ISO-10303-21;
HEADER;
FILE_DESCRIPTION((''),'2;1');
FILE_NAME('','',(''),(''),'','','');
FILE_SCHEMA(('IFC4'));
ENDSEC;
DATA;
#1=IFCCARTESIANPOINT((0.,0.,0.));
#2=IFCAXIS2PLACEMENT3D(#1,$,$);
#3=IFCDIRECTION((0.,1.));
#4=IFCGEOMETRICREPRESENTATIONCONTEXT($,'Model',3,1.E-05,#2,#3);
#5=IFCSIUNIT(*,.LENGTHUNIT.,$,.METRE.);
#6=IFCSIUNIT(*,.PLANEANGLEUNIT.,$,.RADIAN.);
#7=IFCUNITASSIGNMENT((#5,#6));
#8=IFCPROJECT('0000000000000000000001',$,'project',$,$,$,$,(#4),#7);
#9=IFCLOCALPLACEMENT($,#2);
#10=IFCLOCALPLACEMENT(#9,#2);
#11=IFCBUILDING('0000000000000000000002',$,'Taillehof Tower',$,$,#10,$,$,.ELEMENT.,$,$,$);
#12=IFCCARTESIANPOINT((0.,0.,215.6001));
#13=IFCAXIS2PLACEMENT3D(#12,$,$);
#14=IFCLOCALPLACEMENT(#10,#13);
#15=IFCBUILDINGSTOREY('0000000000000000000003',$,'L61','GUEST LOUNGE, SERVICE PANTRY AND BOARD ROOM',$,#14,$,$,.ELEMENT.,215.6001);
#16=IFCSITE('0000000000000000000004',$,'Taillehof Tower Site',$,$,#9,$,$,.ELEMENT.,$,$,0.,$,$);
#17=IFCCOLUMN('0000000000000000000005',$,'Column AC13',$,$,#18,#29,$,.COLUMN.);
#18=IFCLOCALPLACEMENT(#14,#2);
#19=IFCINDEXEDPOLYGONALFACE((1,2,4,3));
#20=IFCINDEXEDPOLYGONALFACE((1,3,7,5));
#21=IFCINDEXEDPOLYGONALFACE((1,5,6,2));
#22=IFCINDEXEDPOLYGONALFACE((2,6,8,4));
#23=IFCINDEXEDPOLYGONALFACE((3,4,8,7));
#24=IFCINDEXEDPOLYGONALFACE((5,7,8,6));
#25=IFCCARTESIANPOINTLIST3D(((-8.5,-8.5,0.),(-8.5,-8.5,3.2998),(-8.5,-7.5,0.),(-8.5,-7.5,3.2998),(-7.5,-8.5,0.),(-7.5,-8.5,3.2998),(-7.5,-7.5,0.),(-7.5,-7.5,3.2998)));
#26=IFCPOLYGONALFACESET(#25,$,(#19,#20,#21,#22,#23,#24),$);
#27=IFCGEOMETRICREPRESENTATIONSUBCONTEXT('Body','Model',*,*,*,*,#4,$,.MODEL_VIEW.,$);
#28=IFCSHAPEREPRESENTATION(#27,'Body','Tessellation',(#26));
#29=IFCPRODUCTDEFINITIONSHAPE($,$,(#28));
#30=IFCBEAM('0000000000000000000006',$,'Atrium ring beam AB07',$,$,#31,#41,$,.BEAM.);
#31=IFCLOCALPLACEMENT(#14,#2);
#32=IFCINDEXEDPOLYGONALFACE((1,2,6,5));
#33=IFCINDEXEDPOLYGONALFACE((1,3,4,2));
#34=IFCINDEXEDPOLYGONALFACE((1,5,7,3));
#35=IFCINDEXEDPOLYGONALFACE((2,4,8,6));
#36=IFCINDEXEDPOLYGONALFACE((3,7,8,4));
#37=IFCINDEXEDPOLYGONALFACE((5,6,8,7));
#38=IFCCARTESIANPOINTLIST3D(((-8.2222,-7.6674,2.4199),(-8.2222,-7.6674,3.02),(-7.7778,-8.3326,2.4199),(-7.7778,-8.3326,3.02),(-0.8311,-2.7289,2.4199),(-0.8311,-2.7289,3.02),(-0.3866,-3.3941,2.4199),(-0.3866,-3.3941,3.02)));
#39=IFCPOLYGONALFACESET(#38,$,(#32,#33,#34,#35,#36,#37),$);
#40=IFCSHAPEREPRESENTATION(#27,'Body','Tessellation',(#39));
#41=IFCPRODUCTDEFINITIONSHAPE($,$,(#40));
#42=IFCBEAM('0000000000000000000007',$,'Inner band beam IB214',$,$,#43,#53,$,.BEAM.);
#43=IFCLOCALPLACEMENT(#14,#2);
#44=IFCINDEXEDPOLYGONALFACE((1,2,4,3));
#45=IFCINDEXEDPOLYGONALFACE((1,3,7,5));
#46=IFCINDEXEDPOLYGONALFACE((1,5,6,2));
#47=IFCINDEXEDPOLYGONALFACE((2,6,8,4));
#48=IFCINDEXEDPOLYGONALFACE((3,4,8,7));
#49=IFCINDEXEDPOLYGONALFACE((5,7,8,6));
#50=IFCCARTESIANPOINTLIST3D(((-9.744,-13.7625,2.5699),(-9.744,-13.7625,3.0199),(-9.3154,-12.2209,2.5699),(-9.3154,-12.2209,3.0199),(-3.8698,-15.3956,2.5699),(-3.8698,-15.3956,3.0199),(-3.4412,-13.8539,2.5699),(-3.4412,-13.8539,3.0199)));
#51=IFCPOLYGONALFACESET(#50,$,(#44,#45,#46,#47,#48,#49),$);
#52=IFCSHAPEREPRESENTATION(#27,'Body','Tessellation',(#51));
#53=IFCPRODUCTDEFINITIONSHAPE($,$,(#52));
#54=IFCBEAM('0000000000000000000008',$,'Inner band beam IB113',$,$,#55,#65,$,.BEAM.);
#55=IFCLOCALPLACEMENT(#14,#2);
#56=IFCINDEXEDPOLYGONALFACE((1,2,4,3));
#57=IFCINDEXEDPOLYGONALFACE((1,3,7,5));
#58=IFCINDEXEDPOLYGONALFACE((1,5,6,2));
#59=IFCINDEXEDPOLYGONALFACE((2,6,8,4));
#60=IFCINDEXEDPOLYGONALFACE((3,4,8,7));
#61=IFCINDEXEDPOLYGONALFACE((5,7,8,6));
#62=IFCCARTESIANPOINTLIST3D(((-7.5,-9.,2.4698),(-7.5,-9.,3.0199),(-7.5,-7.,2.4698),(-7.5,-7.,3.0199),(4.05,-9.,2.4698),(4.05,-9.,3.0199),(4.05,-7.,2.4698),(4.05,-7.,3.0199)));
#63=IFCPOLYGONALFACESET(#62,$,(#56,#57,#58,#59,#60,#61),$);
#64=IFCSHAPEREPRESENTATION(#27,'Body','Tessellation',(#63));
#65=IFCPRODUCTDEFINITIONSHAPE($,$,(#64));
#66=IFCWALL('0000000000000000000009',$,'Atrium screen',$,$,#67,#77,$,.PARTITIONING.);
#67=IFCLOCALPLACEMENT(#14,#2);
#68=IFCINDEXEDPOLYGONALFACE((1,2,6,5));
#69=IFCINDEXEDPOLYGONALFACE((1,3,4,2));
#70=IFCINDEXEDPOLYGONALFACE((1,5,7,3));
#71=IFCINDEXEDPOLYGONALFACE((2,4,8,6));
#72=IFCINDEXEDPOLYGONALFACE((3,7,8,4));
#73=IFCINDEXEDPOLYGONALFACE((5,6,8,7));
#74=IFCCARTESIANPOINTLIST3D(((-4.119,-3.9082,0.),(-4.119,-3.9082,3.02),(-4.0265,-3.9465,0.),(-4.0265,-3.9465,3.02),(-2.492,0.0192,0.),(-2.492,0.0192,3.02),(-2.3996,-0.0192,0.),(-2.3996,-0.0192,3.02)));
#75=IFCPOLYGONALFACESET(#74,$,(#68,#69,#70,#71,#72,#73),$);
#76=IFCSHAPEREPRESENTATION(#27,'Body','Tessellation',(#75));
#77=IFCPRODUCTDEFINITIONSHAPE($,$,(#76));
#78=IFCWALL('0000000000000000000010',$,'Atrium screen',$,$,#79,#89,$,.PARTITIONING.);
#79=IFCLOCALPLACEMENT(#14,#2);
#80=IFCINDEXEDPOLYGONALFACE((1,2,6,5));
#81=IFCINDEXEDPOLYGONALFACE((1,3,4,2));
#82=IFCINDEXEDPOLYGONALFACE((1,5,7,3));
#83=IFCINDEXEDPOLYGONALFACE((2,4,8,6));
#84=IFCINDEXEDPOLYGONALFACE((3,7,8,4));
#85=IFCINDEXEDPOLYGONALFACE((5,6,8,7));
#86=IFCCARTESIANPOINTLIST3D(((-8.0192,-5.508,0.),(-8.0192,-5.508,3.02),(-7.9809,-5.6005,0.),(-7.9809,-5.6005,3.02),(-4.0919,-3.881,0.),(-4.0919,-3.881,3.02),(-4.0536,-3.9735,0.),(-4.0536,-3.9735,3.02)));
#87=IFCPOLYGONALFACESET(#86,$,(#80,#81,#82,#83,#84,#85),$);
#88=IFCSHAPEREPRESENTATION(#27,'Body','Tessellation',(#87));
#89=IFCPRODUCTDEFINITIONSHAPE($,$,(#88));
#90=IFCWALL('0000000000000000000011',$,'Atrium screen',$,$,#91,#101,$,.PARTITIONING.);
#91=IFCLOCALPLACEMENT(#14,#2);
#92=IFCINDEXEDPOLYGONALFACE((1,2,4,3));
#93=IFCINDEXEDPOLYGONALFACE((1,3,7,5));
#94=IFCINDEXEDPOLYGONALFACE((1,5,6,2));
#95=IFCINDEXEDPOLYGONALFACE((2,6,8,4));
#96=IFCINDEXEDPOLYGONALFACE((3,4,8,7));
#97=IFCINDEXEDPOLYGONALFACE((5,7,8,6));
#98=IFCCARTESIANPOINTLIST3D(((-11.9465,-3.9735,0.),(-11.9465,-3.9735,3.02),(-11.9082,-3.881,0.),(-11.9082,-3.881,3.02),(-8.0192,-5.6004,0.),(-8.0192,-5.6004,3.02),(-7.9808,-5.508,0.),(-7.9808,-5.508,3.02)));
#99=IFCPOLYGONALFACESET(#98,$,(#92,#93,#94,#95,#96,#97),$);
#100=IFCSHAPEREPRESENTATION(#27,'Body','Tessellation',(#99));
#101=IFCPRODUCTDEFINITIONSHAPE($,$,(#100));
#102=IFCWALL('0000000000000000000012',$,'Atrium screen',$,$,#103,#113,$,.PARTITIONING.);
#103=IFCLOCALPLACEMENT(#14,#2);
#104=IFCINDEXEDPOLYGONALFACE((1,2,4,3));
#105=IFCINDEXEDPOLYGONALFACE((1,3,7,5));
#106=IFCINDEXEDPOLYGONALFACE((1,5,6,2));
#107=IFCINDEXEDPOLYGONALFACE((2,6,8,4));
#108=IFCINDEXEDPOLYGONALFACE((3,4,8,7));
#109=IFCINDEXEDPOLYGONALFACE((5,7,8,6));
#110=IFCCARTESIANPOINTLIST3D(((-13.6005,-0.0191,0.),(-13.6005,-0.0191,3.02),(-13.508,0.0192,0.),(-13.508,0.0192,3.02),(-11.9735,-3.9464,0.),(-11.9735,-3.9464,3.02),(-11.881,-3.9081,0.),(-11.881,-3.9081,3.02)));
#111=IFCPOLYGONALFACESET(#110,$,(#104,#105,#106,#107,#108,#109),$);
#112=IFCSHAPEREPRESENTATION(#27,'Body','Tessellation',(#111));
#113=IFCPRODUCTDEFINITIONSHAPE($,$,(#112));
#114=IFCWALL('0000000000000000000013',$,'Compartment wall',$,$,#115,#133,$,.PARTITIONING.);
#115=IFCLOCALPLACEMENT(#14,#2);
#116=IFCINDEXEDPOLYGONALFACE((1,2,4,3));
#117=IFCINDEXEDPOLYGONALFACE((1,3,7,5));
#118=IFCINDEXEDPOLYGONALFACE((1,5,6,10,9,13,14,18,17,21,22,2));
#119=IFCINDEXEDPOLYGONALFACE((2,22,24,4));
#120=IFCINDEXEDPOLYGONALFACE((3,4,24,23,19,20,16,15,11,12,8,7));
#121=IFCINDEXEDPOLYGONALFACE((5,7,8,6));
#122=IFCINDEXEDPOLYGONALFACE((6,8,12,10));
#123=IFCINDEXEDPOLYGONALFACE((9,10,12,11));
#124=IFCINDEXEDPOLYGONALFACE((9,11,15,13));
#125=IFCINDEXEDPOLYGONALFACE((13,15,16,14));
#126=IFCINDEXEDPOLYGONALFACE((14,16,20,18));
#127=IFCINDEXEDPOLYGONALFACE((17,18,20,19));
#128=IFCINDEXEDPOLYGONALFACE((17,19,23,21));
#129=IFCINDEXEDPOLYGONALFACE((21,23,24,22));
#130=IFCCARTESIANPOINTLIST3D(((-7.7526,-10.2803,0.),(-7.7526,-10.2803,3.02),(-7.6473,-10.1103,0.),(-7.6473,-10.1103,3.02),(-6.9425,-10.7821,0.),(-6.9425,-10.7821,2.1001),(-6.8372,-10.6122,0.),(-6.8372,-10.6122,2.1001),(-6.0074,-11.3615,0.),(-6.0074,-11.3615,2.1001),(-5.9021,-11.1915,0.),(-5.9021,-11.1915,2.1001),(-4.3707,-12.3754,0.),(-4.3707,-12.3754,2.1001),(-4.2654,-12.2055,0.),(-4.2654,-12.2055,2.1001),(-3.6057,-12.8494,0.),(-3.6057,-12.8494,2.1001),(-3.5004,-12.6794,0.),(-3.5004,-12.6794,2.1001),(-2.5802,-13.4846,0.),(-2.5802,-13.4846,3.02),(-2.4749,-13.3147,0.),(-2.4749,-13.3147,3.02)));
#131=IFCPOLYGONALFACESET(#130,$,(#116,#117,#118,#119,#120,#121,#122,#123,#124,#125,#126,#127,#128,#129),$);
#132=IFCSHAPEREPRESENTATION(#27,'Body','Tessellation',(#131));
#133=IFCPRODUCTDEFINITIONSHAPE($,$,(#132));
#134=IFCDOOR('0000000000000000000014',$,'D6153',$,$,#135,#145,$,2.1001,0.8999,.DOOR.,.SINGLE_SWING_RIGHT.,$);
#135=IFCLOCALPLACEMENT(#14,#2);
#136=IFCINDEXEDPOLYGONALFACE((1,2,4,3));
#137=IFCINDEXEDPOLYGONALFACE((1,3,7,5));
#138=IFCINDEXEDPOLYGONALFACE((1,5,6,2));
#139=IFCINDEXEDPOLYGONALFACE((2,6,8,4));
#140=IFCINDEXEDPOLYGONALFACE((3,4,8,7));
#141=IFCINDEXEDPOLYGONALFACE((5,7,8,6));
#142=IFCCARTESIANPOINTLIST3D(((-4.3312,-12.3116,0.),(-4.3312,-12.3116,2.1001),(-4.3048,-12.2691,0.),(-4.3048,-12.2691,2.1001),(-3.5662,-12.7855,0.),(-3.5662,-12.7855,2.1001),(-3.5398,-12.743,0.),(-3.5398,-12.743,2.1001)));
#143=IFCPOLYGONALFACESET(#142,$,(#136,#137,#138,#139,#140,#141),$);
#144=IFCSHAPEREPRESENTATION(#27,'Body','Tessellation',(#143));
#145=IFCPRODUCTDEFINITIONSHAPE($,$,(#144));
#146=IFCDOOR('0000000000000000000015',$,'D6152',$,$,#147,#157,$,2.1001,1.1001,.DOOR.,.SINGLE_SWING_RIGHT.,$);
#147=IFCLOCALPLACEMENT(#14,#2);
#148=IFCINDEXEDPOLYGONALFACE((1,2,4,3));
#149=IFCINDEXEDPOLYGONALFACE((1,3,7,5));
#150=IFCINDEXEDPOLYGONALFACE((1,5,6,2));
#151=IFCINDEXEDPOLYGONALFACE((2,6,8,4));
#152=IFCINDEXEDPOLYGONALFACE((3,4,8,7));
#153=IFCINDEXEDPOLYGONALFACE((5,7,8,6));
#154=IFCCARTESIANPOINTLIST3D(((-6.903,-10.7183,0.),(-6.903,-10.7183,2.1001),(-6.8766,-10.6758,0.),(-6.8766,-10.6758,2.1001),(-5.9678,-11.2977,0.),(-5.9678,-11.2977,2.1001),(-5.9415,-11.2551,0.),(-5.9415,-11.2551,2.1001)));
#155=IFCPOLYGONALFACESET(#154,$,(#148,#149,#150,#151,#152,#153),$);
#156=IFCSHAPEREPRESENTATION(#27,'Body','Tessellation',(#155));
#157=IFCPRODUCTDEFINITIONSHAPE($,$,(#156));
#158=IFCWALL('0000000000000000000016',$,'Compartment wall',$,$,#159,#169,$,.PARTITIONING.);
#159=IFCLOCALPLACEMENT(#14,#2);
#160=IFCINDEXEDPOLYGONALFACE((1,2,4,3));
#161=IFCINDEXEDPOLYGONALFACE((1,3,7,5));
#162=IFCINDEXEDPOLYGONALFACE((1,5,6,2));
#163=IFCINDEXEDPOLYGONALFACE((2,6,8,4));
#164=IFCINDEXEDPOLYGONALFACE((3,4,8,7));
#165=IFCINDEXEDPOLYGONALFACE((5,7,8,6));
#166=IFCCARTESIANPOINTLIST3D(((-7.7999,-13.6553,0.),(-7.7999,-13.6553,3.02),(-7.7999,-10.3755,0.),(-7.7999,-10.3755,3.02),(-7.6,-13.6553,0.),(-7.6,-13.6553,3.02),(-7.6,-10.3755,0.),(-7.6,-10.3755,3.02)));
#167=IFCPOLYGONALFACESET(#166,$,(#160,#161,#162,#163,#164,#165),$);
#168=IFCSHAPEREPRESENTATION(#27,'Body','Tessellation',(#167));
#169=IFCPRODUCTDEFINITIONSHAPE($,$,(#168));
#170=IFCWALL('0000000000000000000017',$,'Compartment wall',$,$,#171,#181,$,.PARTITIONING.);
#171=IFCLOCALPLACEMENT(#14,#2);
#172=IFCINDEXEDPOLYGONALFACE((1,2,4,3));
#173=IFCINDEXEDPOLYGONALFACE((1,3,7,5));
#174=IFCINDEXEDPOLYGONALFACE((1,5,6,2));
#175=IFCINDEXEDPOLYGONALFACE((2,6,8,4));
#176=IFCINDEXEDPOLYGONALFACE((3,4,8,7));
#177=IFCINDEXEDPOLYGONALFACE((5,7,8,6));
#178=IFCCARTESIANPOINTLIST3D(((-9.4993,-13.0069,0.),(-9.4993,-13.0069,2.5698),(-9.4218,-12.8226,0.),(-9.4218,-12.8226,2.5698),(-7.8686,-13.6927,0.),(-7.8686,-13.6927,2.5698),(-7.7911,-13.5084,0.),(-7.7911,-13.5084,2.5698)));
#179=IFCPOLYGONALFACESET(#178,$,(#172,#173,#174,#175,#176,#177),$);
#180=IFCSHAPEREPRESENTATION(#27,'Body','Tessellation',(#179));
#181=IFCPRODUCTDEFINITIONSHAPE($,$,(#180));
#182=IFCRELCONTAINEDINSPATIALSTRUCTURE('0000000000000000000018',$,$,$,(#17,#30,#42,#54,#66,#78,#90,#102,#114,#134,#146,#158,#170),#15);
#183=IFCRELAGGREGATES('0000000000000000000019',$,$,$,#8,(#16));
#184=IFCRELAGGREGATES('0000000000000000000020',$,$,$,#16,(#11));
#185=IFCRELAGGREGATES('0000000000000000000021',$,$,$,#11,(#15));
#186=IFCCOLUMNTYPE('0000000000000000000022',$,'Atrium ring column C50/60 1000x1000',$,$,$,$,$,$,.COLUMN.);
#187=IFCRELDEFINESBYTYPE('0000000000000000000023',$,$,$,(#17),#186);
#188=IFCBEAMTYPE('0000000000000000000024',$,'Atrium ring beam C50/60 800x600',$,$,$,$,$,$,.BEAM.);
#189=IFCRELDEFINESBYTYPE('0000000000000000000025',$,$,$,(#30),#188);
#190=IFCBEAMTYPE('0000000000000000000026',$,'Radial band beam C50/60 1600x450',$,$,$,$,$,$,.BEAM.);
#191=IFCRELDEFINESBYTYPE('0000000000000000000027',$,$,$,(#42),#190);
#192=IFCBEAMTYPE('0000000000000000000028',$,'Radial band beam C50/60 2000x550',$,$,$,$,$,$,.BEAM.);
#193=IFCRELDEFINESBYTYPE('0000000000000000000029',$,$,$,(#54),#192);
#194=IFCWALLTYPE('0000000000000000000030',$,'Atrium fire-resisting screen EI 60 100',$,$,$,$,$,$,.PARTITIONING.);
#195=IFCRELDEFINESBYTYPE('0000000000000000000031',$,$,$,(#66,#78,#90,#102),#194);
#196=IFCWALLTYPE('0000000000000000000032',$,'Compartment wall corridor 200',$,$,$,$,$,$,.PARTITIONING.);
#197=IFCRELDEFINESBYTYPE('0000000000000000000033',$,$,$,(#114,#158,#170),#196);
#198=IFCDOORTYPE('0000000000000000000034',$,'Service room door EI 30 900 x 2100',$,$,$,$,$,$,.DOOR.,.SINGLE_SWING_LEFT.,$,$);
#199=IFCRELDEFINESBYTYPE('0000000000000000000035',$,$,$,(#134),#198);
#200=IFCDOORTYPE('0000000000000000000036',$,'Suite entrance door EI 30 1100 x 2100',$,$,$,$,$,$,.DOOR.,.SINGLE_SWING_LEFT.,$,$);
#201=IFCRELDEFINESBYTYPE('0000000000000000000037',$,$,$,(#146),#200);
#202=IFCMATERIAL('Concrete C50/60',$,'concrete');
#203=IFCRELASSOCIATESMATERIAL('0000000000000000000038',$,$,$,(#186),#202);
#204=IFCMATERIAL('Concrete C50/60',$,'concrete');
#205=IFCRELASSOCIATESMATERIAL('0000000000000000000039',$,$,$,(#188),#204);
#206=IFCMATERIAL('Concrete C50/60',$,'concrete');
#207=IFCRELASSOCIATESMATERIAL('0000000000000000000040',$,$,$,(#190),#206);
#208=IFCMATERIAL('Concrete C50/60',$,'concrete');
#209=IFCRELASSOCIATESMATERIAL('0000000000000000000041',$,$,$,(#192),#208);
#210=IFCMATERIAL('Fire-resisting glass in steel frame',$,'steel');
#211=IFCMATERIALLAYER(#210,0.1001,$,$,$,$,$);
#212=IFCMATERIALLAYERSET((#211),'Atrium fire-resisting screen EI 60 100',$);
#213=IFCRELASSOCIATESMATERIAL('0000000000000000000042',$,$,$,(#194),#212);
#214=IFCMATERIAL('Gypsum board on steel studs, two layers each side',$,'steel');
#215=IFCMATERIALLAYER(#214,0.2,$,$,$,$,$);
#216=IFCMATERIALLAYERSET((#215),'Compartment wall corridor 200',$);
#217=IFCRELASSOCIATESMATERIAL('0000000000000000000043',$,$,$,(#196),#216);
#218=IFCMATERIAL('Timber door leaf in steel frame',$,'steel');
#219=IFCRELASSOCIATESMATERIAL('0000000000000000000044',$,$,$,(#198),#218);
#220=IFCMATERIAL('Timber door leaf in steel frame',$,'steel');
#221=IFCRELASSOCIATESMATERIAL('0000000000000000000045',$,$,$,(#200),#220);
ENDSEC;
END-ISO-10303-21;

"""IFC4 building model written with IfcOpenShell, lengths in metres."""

from ifc_helpers import new_model, si_unit, direction, frame, frame_2d, origin, origin_2d, place, context, subcontext, project, spatial, rectangle, extrude, material, layer, layer_set, material_profile, profile_set, type_object, element, fill, save


model = new_model("IFC4")

# Units and contexts
model_context = context("Model", 3, precision=1e-05, world=origin(), true_north=direction((0.0, 1.0)))
body_context = subcontext(model_context, "Body", "Model", "MODEL_VIEW")
ifc_project = project(units=[si_unit("LENGTHUNIT", "METRE"), si_unit("PLANEANGLEUNIT", "RADIAN")], contexts=[model_context])

# Site, building, storey
site_placement = place(None, origin())
site = spatial("IfcSite", under=ifc_project, at=site_placement, Name="Taillehof Tower Site", CompositionType="ELEMENT", RefElevation=0.0)
building_placement = place(site_placement, origin())
building = spatial("IfcBuilding", under=site, at=building_placement, Name="Taillehof Tower", CompositionType="ELEMENT")
storey_placement = place(building_placement, frame((0.0, 0.0, 215.6001)))
storey = spatial("IfcBuildingStorey", under=building, at=storey_placement, Name="L61", Description="GUEST LOUNGE, SERVICE PANTRY AND BOARD ROOM", CompositionType="ELEMENT", Elevation=215.6001)

# Column
ifc_material_1 = material(Name="Concrete C50/60", Category="concrete")
ifc_material_profile_1 = material_profile(ifc_material_1, rectangle(XDim=1.0, YDim=1.0, at=origin_2d()), Name="RC 1000x1000")
ifc_profile_set_1 = profile_set([ifc_material_profile_1], Name="Concrete C50/60")
column_type = type_object("IfcColumnType", Name="Atrium ring column C50/60 1000x1000", PredefinedType="COLUMN", material=ifc_profile_set_1)
column_placement = place(storey_placement, frame((-8.0, -8.0, 0.0), z_axis=(0.0, 0.0, 1.0), x_axis=(1.0, 0.0, 0.0)))
element("IfcColumn", 1, at=column_placement, inside=storey, type_object=column_type, Name="Column AC13", PredefinedType="COLUMN", context=body_context, shape_type="SweptSolid", body=[
    extrude(rectangle(XDim=1.0, YDim=1.0, at=origin_2d()), origin(), (0.0, 0.0, 1.0), 3.2998),
])

# Beams
ifc_material_2 = material(Name="Concrete C50/60", Category="concrete")
ifc_material_profile_2 = material_profile(ifc_material_2, rectangle(XDim=0.8, YDim=0.6001, at=origin_2d()), Name="RC 800x600")
ifc_profile_set_2 = profile_set([ifc_material_profile_2], Name="Concrete C50/60")
beam_type_1 = type_object("IfcBeamType", Name="Atrium ring beam C50/60 800x600", PredefinedType="BEAM", material=ifc_profile_set_2)
beam_1_placement = place(storey_placement, frame((-8.0, -8.0, 2.72), z_axis=(0.831475, 0.555562, 0.0), x_axis=(-0.555562, 0.831475, 0.0)))
element("IfcBeam", 2, at=beam_1_placement, inside=storey, type_object=beam_type_1, Name="Atrium ring beam AB07", PredefinedType="BEAM", context=body_context, shape_type="SweptSolid", body=[
    extrude(rectangle(XDim=0.8, YDim=0.6001, at=origin_2d()), origin(), (0.0, 0.0, 1.0), 8.8892),
])
ifc_material_3 = material(Name="Concrete C50/60", Category="concrete")
ifc_material_profile_3 = material_profile(ifc_material_3, rectangle(XDim=1.6001, YDim=0.45, at=origin_2d()), Name="RC 1600x450")
ifc_profile_set_3 = profile_set([ifc_material_profile_3], Name="Concrete C50/60")
beam_type_2 = type_object("IfcBeamType", Name="Radial band beam C50/60 1600x450", PredefinedType="BEAM", material=ifc_profile_set_3)
beam_2_placement = place(storey_placement, frame((-3.6555, -14.6248, 2.7949), z_axis=(-0.963459, 0.267855, 0.0), x_axis=(-0.267855, -0.963459, 0.0)))
element("IfcBeam", 3, at=beam_2_placement, inside=storey, type_object=beam_type_2, Name="Inner band beam IB214", PredefinedType="BEAM", context=body_context, shape_type="SweptSolid", body=[
    extrude(rectangle(XDim=1.6001, YDim=0.45, at=origin_2d()), origin(), (0.0, 0.0, 1.0), 6.0969),
])
ifc_material_4 = material(Name="Concrete C50/60", Category="concrete")
ifc_material_profile_4 = material_profile(ifc_material_4, rectangle(XDim=2.0, YDim=0.55, at=origin_2d()), Name="RC 2000x550")
ifc_profile_set_4 = profile_set([ifc_material_profile_4], Name="Concrete C50/60")
beam_type_3 = type_object("IfcBeamType", Name="Radial band beam C50/60 2000x550", PredefinedType="BEAM", material=ifc_profile_set_4)
beam_3_placement = place(storey_placement, frame((-7.5, -8.0, 2.7449), z_axis=(1.0, 0.0, 0.0), x_axis=(0.0, 1.0, 0.0)))
element("IfcBeam", 4, at=beam_3_placement, inside=storey, type_object=beam_type_3, Name="Inner band beam IB113", PredefinedType="BEAM", context=body_context, shape_type="SweptSolid", body=[
    extrude(rectangle(XDim=2.0, YDim=0.55, at=origin_2d()), origin(), (0.0, 0.0, 1.0), 11.55),
])

# Walls
ifc_material_5 = material(Name="Fire-resisting glass in steel frame", Category="steel")
ifc_layer_1 = layer(ifc_material_5, 0.1001)
ifc_layer_set_1 = layer_set([ifc_layer_1], Name="Atrium fire-resisting screen EI 60 100")
wall_type_1 = type_object("IfcWallType", Name="Atrium fire-resisting screen EI 60 100", PredefinedType="PARTITIONING", material=ifc_layer_set_1)
for number, where, z_axis, x_axis, name in (
    (5, (-2.4458, 0.0, 0.0), (0.0, 0.0, 1.0), (-0.382731, -0.92386, 0.0), "Atrium screen"),
    (6, (-4.0728, -3.9272, 0.0), (0.0, 0.0, 1.0), (-0.92386, -0.382731, 0.0), "Atrium screen"),
    (7, (-8.0, -5.5542, 0.0), (0.0, 0.0, 1.0), (-0.92386, 0.382731, 0.0), "Atrium screen"),
    (8, (-11.9272, -3.9272, 0.0), (0.0, 0.0, 1.0), (-0.382731, 0.92386, 0.0), "Atrium screen"),
):
    element("IfcWall", number, at=place(storey_placement, frame(where, z_axis=z_axis, x_axis=x_axis)), inside=storey, type_object=wall_type_1, Name=name, PredefinedType="PARTITIONING", context=body_context, shape_type="SweptSolid", body=[
        extrude(rectangle(XDim=4.251, YDim=0.1001, at=frame_2d((2.1255, 0.0))), origin(), (0.0, 0.0, 1.0), 3.02),
    ])

# Wall, openings, doors
ifc_material_6 = material(Name="Gypsum board on steel studs, two layers each side", Category="steel")
ifc_layer_2 = layer(ifc_material_6, 0.2)
ifc_layer_set_2 = layer_set([ifc_layer_2], Name="Compartment wall corridor 200")
wall_type_2 = type_object("IfcWallType", Name="Compartment wall corridor 200", PredefinedType="PARTITIONING", material=ifc_layer_set_2)
wall_1_placement = place(storey_placement, frame((-2.5276, -13.3997, 0.0), z_axis=(0.0, 0.0, 1.0), x_axis=(-0.850088, 0.526641, 0.0)))
wall_1 = element("IfcWall", 9, at=wall_1_placement, inside=storey, type_object=wall_type_2, Name="Compartment wall", PredefinedType="PARTITIONING", context=body_context, shape_type="SweptSolid", body=[
    extrude(rectangle(XDim=6.0845, YDim=0.2, at=frame_2d((3.0422, 0.0))), origin(), (0.0, 0.0, 1.0), 3.02),
])
opening_1_placement = place(wall_1_placement, frame((4.0315, 0.0, 0.0)))
opening_1 = element("IfcOpeningElement", 10, at=opening_1_placement, cuts=wall_1, PredefinedType="OPENING", context=body_context, shape_type="SweptSolid", body=[
    extrude(rectangle(XDim=1.1001, YDim=2.1001, at=frame_2d((0.55, 1.05))), frame((0.0, 0.1099, 0.0), z_axis=(0.0, -1.0, 0.0), x_axis=(1.0, 0.0, 0.0)), (0.0, 0.0, 1.0), 0.22),
])
opening_2_placement = place(wall_1_placement, frame((1.2063, 0.0, 0.0)))
opening_2 = element("IfcOpeningElement", 11, at=opening_2_placement, cuts=wall_1, PredefinedType="OPENING", context=body_context, shape_type="SweptSolid", body=[
    extrude(rectangle(XDim=0.8999, YDim=2.1001, at=frame_2d((0.45, 1.05))), frame((0.0, 0.1099, 0.0), z_axis=(0.0, -1.0, 0.0), x_axis=(1.0, 0.0, 0.0)), (0.0, 0.0, 1.0), 0.22),
])
ifc_material_7 = material(Name="Timber door leaf in steel frame", Category="steel")
door_type_1 = type_object("IfcDoorType", Name="Service room door EI 30 900 x 2100", OperationType="SINGLE_SWING_LEFT", PredefinedType="DOOR", material=ifc_material_7)
door_1_placement = place(opening_2_placement, origin())
door_1 = element("IfcDoor", 12, at=door_1_placement, inside=storey, type_object=door_type_1, Name="D6153", OperationType="SINGLE_SWING_RIGHT", OverallHeight=2.1001, OverallWidth=0.8999, PredefinedType="DOOR", context=body_context, shape_type="SweptSolid", body=[
    extrude(rectangle(XDim=0.8999, YDim=2.1001, at=frame_2d((0.45, 1.05))), frame((0.0, 0.0249, 0.0), z_axis=(0.0, -1.0, 0.0), x_axis=(1.0, 0.0, 0.0)), (0.0, 0.0, 1.0), 0.05),
])
fill(opening_2, door_1)
ifc_material_8 = material(Name="Timber door leaf in steel frame", Category="steel")
door_type_2 = type_object("IfcDoorType", Name="Suite entrance door EI 30 1100 x 2100", OperationType="SINGLE_SWING_LEFT", PredefinedType="DOOR", material=ifc_material_8)
door_2_placement = place(opening_1_placement, origin())
door_2 = element("IfcDoor", 13, at=door_2_placement, inside=storey, type_object=door_type_2, Name="D6152", OperationType="SINGLE_SWING_RIGHT", OverallHeight=2.1001, OverallWidth=1.1001, PredefinedType="DOOR", context=body_context, shape_type="SweptSolid", body=[
    extrude(rectangle(XDim=1.1001, YDim=2.1001, at=frame_2d((0.55, 1.05))), frame((0.0, 0.0249, 0.0), z_axis=(0.0, -1.0, 0.0), x_axis=(1.0, 0.0, 0.0)), (0.0, 0.0, 1.0), 0.05),
])
fill(opening_1, door_2)

# Walls
wall_2_placement = place(storey_placement, frame((-7.7, -10.3755, 0.0), z_axis=(0.0, 0.0, 1.0), x_axis=(0.0, -1.0, 0.0)))
element("IfcWall", 14, at=wall_2_placement, inside=storey, type_object=wall_type_2, Name="Compartment wall", PredefinedType="PARTITIONING", context=body_context, shape_type="SweptSolid", body=[
    extrude(rectangle(XDim=3.2798, YDim=0.2, at=frame_2d((1.6399, 0.0))), origin(), (0.0, 0.0, 1.0), 3.02),
])
wall_3_placement = place(storey_placement, frame((-7.8298, -13.6006, 0.0), z_axis=(0.0, 0.0, 1.0), x_axis=(-0.921794, 0.387681, 0.0)))
element("IfcWall", 15, at=wall_3_placement, inside=storey, type_object=wall_type_2, Name="Compartment wall", PredefinedType="PARTITIONING", context=body_context, shape_type="SweptSolid", body=[
    extrude(rectangle(XDim=1.769, YDim=0.2, at=frame_2d((0.8845, 0.0))), origin(), (0.0, 0.0, 1.0), 2.5698),
])

save(model, "model.ifc")
